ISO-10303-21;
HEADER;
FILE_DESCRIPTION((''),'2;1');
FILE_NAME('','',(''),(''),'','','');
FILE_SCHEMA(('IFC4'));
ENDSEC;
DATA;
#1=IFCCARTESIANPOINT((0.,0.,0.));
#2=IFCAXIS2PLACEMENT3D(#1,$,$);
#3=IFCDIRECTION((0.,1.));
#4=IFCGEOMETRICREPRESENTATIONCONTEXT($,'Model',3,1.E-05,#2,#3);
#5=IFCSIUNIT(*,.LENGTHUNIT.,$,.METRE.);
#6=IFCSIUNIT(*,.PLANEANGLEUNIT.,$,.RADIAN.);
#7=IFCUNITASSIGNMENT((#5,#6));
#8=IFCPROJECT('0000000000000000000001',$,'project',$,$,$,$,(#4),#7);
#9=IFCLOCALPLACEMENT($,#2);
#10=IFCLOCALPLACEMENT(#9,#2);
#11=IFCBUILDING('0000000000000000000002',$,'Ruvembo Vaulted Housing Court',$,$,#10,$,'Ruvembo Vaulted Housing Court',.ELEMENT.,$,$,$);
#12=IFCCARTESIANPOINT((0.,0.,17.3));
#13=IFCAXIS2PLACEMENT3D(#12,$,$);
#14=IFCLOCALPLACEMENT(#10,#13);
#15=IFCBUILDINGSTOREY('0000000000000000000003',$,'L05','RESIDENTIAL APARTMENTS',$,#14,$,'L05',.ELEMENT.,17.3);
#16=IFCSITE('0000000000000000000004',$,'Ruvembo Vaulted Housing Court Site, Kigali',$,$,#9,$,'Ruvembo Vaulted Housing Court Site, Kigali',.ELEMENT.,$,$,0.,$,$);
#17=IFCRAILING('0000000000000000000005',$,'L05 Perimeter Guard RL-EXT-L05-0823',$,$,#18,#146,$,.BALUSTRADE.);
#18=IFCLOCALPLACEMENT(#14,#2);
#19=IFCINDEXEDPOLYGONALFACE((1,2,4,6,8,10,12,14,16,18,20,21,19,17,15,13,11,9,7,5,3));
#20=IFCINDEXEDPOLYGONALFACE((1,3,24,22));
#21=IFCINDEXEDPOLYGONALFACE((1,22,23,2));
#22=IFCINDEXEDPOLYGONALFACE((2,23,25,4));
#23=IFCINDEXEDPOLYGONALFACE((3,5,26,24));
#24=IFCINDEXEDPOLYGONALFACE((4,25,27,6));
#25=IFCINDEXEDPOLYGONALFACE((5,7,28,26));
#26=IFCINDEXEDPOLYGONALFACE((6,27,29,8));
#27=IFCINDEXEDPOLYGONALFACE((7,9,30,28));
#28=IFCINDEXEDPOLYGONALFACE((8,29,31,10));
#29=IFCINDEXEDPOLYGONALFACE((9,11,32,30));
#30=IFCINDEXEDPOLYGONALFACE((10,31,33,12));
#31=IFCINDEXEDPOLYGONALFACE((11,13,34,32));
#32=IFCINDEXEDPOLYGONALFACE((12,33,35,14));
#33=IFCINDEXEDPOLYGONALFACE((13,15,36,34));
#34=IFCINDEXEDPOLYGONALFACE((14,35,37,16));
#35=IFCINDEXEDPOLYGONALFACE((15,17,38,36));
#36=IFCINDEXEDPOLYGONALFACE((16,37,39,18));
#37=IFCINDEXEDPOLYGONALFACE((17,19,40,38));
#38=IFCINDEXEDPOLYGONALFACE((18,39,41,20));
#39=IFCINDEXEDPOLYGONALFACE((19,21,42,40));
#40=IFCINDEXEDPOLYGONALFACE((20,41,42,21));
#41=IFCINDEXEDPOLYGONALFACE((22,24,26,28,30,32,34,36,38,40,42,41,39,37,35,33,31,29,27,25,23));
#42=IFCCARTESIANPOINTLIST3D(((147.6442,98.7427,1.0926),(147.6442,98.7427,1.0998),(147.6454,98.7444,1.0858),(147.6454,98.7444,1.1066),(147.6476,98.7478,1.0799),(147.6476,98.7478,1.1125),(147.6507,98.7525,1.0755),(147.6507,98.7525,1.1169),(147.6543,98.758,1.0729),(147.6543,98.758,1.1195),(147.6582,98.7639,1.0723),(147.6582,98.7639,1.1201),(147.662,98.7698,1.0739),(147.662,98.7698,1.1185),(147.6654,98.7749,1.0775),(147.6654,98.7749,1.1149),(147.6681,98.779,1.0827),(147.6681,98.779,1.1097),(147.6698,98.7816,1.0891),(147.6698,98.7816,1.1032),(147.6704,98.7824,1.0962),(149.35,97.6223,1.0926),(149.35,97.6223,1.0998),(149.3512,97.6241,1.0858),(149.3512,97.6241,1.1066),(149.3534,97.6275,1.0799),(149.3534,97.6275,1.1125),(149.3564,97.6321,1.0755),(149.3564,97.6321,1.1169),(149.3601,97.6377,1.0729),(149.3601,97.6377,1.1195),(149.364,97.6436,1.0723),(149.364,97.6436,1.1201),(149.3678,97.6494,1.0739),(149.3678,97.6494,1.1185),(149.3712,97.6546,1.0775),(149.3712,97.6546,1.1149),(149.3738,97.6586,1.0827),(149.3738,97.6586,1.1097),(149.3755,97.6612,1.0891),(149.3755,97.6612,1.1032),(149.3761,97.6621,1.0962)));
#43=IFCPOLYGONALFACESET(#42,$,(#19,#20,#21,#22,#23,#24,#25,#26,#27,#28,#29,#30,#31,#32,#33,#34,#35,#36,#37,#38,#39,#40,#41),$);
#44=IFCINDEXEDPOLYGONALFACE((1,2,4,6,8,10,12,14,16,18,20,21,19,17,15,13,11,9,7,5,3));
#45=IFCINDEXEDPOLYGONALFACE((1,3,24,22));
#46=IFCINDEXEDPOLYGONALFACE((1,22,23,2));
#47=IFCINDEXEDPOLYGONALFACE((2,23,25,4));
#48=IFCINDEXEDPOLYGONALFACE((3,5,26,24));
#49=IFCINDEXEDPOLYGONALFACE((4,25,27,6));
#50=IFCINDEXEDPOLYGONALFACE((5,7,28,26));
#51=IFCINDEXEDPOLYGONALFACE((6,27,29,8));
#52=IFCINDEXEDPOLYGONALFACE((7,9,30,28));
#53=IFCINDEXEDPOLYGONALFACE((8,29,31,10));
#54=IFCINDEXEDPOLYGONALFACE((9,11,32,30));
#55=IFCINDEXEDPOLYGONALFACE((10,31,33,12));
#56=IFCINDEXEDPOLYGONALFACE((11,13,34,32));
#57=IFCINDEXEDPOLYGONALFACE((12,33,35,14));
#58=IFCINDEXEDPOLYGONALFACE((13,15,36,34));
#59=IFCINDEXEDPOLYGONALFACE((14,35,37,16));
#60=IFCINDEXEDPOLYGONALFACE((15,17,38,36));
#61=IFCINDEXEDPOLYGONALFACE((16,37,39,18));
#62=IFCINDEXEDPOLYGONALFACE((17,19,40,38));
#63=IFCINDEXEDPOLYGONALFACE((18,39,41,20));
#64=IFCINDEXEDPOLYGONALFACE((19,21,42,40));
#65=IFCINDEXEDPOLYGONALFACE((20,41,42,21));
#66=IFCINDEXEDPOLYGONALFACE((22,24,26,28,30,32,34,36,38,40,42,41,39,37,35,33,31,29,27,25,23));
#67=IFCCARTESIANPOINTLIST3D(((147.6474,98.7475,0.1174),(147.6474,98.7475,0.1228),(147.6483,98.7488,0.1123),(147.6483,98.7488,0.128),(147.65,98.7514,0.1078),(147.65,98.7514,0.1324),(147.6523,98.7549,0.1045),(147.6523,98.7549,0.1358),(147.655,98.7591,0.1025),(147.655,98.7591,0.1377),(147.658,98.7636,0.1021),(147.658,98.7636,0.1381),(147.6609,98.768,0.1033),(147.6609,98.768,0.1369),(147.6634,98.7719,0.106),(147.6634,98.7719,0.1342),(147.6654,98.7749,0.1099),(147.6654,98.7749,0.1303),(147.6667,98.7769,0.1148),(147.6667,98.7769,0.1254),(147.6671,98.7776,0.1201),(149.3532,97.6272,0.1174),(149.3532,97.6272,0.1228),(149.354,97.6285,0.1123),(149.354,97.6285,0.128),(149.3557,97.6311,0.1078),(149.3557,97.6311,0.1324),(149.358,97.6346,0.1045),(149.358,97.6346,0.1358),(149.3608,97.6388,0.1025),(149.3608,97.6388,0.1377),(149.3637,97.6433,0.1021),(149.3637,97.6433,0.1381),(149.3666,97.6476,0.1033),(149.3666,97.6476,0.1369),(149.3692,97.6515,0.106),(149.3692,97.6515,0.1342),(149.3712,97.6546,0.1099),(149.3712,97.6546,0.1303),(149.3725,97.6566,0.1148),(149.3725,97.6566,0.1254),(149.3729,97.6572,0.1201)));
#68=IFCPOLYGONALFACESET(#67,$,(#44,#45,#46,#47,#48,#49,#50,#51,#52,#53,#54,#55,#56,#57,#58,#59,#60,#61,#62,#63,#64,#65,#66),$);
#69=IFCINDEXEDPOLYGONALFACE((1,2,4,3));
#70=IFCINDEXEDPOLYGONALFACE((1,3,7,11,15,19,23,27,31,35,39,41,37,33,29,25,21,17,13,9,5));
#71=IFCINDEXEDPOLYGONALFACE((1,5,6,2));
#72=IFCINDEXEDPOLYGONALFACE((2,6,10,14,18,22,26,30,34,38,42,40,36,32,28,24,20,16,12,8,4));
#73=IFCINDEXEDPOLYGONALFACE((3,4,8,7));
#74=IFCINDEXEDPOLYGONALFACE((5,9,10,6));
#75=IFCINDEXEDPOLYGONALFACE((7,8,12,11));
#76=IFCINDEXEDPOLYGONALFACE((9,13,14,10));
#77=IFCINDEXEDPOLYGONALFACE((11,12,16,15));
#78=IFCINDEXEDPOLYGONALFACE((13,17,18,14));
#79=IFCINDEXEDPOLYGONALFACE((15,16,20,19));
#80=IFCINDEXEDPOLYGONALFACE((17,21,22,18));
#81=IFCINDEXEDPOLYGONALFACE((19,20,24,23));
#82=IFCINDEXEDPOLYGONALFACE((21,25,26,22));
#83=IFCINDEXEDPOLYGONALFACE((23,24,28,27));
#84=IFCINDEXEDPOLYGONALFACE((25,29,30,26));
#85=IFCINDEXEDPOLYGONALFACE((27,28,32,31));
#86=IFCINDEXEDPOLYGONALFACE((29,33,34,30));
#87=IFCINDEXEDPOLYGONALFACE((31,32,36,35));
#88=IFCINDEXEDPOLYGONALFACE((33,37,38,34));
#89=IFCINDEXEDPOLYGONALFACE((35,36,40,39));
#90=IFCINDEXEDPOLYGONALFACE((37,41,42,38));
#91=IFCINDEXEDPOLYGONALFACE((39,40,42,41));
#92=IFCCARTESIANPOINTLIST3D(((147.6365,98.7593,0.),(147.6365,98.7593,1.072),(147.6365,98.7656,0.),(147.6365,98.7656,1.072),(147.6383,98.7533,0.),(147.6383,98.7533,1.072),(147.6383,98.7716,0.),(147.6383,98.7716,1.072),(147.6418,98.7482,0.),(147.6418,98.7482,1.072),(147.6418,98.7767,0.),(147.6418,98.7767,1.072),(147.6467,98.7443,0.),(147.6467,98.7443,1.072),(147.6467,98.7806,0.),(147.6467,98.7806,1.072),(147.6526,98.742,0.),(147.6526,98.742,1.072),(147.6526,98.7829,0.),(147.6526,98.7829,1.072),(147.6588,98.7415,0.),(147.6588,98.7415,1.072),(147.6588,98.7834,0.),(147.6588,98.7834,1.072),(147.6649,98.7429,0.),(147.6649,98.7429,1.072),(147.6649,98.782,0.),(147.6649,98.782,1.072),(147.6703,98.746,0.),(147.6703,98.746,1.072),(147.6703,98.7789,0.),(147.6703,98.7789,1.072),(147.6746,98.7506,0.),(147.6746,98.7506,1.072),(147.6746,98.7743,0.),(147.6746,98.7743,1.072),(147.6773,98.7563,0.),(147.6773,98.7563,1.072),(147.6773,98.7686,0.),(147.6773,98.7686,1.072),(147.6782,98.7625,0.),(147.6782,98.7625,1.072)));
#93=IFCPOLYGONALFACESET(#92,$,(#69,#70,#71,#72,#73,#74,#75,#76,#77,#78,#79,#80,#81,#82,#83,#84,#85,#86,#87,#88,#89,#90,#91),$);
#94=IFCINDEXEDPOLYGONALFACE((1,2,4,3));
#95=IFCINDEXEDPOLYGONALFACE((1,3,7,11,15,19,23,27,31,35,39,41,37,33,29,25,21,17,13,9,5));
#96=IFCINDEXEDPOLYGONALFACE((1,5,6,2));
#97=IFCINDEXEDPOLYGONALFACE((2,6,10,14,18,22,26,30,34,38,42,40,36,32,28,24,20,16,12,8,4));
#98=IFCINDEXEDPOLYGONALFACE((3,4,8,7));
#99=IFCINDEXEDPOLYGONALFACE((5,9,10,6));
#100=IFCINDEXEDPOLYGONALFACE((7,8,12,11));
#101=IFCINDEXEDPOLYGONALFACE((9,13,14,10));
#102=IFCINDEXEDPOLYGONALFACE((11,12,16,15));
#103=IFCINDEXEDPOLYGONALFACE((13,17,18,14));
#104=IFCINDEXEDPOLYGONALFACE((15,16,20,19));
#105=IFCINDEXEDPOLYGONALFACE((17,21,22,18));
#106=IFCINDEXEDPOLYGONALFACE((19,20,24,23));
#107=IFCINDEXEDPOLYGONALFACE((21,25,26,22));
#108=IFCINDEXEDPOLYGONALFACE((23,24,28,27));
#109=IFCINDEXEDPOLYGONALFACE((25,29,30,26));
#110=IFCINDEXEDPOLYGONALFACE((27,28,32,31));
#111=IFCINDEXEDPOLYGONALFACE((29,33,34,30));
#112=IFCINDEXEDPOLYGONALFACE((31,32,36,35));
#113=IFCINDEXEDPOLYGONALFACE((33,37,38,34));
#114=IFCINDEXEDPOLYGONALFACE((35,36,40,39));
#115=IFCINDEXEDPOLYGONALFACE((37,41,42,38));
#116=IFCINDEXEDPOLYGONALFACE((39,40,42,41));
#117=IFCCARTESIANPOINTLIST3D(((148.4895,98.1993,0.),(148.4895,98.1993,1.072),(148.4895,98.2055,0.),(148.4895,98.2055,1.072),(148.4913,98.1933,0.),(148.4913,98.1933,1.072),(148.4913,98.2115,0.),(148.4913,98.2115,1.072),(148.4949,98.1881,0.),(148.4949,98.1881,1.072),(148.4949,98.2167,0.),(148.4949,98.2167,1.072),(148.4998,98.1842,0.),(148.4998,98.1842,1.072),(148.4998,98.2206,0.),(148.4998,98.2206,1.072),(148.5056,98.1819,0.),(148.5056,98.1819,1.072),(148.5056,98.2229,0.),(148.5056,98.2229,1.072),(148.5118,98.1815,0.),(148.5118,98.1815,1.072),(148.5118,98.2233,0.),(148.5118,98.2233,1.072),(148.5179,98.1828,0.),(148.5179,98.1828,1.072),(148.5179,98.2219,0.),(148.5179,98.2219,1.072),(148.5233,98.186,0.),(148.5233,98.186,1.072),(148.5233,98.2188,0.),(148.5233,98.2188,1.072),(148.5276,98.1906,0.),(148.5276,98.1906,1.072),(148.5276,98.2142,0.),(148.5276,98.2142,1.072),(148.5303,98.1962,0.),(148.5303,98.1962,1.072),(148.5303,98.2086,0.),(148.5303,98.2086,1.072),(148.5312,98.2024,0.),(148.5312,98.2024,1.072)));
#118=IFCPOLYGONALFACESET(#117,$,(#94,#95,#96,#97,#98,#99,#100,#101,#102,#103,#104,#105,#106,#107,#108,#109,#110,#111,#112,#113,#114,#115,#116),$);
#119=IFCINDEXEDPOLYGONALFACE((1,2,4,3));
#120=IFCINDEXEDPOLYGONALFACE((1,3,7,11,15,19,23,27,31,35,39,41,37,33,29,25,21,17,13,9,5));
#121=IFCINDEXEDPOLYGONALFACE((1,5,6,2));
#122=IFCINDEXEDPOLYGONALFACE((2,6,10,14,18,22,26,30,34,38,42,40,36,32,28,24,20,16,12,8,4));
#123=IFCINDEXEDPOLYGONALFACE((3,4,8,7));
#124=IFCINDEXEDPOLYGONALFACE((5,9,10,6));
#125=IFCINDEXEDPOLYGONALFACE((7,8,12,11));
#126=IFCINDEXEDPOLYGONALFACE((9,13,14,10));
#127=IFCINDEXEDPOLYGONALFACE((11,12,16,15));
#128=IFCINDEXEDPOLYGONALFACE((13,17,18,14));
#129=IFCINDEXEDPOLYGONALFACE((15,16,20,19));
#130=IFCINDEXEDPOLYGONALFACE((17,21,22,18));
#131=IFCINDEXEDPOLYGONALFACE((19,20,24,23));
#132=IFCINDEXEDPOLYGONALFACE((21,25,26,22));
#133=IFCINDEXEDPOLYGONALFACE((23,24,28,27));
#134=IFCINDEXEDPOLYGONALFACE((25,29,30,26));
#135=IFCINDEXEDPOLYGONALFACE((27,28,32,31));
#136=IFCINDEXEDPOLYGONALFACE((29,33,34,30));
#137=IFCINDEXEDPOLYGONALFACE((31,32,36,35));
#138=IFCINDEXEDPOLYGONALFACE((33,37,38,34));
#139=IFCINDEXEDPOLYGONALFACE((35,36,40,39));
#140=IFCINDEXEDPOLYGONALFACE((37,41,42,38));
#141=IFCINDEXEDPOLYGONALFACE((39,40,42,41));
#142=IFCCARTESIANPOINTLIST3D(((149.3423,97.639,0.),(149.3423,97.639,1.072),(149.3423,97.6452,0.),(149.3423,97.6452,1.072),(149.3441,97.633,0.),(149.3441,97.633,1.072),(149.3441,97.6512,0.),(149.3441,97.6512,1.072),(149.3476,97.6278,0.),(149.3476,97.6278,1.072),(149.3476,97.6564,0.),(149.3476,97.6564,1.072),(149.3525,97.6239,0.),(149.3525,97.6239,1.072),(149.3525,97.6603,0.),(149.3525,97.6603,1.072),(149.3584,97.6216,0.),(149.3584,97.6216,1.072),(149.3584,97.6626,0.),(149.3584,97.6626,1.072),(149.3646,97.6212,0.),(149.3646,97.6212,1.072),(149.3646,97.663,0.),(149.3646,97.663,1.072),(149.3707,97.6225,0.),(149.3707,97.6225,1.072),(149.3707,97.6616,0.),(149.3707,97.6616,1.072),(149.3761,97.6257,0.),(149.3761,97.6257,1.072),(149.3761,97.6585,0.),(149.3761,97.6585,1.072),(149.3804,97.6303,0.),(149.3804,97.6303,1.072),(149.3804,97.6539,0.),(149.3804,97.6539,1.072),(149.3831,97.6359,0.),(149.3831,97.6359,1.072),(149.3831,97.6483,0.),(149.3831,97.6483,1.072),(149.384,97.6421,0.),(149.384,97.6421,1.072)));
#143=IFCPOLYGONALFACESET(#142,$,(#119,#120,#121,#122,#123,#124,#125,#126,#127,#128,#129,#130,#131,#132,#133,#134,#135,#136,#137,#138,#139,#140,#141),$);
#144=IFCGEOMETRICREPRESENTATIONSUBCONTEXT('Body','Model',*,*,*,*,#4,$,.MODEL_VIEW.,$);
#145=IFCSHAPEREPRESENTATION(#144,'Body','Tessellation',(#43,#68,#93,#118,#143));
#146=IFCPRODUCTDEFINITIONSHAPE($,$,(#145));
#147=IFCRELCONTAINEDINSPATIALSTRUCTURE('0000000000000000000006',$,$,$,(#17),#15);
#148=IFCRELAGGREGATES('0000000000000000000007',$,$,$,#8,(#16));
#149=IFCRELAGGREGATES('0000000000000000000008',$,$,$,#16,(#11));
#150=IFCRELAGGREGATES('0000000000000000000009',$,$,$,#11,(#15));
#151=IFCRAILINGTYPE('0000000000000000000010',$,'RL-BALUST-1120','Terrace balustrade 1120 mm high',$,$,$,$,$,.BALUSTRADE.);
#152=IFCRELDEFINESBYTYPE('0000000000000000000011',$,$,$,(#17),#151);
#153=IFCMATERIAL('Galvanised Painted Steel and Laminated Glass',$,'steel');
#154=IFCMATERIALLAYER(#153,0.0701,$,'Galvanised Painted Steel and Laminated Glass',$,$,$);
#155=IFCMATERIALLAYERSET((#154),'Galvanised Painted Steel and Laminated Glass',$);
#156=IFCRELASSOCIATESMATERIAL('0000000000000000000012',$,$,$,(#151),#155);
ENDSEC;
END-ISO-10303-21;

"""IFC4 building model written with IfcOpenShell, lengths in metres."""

from ifc_helpers import new_model, si_unit, direction, frame, origin, origin_2d, place, context, subcontext, project, spatial, circle, extrude, material, layer, layer_set, type_object, element, save


model = new_model("IFC4")

# Units and contexts
model_context = context("Model", 3, precision=1e-05, world=origin(), true_north=direction((0.0, 1.0)))
body_context = subcontext(model_context, "Body", "Model", "MODEL_VIEW")
ifc_project = project(units=[si_unit("LENGTHUNIT", "METRE"), si_unit("PLANEANGLEUNIT", "RADIAN")], contexts=[model_context])

# Site, building, storey
site_placement = place(None, origin())
site = spatial("IfcSite", under=ifc_project, at=site_placement, Name="Ruvembo Vaulted Housing Court Site, Kigali", LongName="Ruvembo Vaulted Housing Court Site, Kigali", CompositionType="ELEMENT", RefElevation=0.0)
building_placement = place(site_placement, origin())
building = spatial("IfcBuilding", under=site, at=building_placement, Name="Ruvembo Vaulted Housing Court", LongName="Ruvembo Vaulted Housing Court", CompositionType="ELEMENT")
storey_placement = place(building_placement, frame((0.0, 0.0, 17.3)))
storey = spatial("IfcBuildingStorey", under=building, at=storey_placement, Name="L05", Description="RESIDENTIAL APARTMENTS", LongName="L05", CompositionType="ELEMENT", Elevation=17.3)

# Railing
ifc_material_1 = material(Name="Galvanised Painted Steel and Laminated Glass", Category="steel")
ifc_layer_1 = layer(ifc_material_1, 0.0701, Name="Galvanised Painted Steel and Laminated Glass")
ifc_layer_set_1 = layer_set([ifc_layer_1], Name="Galvanised Painted Steel and Laminated Glass")
railing_type = type_object("IfcRailingType", Name="RL-BALUST-1120", Description="Terrace balustrade 1120 mm high", PredefinedType="BALUSTRADE", material=ifc_layer_set_1)
railing_1_placement = place(storey_placement, frame((147.6572, 98.7625, 0.0)))
element("IfcRailing", 1, at=railing_1_placement, inside=storey, type_object=railing_type, Name="L05 Perimeter Guard RL-EXT-L05-0823", PredefinedType="BALUSTRADE", context=body_context, shape_type="SweptSolid", body=[
    extrude(circle(Radius=0.0239, at=origin_2d()), frame((0.0, 0.0, 1.0962), z_axis=(0.83584, -0.548973, 0.0), x_axis=(0.548973, 0.83584, 0.0)), (0.0, 0.0, 1.0), 2.0408),
    extrude(circle(Radius=0.0181, at=origin_2d()), frame((0.0, 0.0, 0.1201), z_axis=(0.83584, -0.548973, 0.0), x_axis=(0.548973, 0.83584, 0.0)), (0.0, 0.0, 1.0), 2.0408),
    extrude(circle(Radius=0.021, at=origin_2d()), origin(), (0.0, 0.0, 1.0), 1.072),
    extrude(circle(Radius=0.021, at=origin_2d()), frame((0.853, -0.5601, 0.0)), (0.0, 0.0, 1.0), 1.072),
    extrude(circle(Radius=0.021, at=origin_2d()), frame((1.7058, -1.1204, 0.0)), (0.0, 0.0, 1.0), 1.072),
])

save(model, "model.ifc")
